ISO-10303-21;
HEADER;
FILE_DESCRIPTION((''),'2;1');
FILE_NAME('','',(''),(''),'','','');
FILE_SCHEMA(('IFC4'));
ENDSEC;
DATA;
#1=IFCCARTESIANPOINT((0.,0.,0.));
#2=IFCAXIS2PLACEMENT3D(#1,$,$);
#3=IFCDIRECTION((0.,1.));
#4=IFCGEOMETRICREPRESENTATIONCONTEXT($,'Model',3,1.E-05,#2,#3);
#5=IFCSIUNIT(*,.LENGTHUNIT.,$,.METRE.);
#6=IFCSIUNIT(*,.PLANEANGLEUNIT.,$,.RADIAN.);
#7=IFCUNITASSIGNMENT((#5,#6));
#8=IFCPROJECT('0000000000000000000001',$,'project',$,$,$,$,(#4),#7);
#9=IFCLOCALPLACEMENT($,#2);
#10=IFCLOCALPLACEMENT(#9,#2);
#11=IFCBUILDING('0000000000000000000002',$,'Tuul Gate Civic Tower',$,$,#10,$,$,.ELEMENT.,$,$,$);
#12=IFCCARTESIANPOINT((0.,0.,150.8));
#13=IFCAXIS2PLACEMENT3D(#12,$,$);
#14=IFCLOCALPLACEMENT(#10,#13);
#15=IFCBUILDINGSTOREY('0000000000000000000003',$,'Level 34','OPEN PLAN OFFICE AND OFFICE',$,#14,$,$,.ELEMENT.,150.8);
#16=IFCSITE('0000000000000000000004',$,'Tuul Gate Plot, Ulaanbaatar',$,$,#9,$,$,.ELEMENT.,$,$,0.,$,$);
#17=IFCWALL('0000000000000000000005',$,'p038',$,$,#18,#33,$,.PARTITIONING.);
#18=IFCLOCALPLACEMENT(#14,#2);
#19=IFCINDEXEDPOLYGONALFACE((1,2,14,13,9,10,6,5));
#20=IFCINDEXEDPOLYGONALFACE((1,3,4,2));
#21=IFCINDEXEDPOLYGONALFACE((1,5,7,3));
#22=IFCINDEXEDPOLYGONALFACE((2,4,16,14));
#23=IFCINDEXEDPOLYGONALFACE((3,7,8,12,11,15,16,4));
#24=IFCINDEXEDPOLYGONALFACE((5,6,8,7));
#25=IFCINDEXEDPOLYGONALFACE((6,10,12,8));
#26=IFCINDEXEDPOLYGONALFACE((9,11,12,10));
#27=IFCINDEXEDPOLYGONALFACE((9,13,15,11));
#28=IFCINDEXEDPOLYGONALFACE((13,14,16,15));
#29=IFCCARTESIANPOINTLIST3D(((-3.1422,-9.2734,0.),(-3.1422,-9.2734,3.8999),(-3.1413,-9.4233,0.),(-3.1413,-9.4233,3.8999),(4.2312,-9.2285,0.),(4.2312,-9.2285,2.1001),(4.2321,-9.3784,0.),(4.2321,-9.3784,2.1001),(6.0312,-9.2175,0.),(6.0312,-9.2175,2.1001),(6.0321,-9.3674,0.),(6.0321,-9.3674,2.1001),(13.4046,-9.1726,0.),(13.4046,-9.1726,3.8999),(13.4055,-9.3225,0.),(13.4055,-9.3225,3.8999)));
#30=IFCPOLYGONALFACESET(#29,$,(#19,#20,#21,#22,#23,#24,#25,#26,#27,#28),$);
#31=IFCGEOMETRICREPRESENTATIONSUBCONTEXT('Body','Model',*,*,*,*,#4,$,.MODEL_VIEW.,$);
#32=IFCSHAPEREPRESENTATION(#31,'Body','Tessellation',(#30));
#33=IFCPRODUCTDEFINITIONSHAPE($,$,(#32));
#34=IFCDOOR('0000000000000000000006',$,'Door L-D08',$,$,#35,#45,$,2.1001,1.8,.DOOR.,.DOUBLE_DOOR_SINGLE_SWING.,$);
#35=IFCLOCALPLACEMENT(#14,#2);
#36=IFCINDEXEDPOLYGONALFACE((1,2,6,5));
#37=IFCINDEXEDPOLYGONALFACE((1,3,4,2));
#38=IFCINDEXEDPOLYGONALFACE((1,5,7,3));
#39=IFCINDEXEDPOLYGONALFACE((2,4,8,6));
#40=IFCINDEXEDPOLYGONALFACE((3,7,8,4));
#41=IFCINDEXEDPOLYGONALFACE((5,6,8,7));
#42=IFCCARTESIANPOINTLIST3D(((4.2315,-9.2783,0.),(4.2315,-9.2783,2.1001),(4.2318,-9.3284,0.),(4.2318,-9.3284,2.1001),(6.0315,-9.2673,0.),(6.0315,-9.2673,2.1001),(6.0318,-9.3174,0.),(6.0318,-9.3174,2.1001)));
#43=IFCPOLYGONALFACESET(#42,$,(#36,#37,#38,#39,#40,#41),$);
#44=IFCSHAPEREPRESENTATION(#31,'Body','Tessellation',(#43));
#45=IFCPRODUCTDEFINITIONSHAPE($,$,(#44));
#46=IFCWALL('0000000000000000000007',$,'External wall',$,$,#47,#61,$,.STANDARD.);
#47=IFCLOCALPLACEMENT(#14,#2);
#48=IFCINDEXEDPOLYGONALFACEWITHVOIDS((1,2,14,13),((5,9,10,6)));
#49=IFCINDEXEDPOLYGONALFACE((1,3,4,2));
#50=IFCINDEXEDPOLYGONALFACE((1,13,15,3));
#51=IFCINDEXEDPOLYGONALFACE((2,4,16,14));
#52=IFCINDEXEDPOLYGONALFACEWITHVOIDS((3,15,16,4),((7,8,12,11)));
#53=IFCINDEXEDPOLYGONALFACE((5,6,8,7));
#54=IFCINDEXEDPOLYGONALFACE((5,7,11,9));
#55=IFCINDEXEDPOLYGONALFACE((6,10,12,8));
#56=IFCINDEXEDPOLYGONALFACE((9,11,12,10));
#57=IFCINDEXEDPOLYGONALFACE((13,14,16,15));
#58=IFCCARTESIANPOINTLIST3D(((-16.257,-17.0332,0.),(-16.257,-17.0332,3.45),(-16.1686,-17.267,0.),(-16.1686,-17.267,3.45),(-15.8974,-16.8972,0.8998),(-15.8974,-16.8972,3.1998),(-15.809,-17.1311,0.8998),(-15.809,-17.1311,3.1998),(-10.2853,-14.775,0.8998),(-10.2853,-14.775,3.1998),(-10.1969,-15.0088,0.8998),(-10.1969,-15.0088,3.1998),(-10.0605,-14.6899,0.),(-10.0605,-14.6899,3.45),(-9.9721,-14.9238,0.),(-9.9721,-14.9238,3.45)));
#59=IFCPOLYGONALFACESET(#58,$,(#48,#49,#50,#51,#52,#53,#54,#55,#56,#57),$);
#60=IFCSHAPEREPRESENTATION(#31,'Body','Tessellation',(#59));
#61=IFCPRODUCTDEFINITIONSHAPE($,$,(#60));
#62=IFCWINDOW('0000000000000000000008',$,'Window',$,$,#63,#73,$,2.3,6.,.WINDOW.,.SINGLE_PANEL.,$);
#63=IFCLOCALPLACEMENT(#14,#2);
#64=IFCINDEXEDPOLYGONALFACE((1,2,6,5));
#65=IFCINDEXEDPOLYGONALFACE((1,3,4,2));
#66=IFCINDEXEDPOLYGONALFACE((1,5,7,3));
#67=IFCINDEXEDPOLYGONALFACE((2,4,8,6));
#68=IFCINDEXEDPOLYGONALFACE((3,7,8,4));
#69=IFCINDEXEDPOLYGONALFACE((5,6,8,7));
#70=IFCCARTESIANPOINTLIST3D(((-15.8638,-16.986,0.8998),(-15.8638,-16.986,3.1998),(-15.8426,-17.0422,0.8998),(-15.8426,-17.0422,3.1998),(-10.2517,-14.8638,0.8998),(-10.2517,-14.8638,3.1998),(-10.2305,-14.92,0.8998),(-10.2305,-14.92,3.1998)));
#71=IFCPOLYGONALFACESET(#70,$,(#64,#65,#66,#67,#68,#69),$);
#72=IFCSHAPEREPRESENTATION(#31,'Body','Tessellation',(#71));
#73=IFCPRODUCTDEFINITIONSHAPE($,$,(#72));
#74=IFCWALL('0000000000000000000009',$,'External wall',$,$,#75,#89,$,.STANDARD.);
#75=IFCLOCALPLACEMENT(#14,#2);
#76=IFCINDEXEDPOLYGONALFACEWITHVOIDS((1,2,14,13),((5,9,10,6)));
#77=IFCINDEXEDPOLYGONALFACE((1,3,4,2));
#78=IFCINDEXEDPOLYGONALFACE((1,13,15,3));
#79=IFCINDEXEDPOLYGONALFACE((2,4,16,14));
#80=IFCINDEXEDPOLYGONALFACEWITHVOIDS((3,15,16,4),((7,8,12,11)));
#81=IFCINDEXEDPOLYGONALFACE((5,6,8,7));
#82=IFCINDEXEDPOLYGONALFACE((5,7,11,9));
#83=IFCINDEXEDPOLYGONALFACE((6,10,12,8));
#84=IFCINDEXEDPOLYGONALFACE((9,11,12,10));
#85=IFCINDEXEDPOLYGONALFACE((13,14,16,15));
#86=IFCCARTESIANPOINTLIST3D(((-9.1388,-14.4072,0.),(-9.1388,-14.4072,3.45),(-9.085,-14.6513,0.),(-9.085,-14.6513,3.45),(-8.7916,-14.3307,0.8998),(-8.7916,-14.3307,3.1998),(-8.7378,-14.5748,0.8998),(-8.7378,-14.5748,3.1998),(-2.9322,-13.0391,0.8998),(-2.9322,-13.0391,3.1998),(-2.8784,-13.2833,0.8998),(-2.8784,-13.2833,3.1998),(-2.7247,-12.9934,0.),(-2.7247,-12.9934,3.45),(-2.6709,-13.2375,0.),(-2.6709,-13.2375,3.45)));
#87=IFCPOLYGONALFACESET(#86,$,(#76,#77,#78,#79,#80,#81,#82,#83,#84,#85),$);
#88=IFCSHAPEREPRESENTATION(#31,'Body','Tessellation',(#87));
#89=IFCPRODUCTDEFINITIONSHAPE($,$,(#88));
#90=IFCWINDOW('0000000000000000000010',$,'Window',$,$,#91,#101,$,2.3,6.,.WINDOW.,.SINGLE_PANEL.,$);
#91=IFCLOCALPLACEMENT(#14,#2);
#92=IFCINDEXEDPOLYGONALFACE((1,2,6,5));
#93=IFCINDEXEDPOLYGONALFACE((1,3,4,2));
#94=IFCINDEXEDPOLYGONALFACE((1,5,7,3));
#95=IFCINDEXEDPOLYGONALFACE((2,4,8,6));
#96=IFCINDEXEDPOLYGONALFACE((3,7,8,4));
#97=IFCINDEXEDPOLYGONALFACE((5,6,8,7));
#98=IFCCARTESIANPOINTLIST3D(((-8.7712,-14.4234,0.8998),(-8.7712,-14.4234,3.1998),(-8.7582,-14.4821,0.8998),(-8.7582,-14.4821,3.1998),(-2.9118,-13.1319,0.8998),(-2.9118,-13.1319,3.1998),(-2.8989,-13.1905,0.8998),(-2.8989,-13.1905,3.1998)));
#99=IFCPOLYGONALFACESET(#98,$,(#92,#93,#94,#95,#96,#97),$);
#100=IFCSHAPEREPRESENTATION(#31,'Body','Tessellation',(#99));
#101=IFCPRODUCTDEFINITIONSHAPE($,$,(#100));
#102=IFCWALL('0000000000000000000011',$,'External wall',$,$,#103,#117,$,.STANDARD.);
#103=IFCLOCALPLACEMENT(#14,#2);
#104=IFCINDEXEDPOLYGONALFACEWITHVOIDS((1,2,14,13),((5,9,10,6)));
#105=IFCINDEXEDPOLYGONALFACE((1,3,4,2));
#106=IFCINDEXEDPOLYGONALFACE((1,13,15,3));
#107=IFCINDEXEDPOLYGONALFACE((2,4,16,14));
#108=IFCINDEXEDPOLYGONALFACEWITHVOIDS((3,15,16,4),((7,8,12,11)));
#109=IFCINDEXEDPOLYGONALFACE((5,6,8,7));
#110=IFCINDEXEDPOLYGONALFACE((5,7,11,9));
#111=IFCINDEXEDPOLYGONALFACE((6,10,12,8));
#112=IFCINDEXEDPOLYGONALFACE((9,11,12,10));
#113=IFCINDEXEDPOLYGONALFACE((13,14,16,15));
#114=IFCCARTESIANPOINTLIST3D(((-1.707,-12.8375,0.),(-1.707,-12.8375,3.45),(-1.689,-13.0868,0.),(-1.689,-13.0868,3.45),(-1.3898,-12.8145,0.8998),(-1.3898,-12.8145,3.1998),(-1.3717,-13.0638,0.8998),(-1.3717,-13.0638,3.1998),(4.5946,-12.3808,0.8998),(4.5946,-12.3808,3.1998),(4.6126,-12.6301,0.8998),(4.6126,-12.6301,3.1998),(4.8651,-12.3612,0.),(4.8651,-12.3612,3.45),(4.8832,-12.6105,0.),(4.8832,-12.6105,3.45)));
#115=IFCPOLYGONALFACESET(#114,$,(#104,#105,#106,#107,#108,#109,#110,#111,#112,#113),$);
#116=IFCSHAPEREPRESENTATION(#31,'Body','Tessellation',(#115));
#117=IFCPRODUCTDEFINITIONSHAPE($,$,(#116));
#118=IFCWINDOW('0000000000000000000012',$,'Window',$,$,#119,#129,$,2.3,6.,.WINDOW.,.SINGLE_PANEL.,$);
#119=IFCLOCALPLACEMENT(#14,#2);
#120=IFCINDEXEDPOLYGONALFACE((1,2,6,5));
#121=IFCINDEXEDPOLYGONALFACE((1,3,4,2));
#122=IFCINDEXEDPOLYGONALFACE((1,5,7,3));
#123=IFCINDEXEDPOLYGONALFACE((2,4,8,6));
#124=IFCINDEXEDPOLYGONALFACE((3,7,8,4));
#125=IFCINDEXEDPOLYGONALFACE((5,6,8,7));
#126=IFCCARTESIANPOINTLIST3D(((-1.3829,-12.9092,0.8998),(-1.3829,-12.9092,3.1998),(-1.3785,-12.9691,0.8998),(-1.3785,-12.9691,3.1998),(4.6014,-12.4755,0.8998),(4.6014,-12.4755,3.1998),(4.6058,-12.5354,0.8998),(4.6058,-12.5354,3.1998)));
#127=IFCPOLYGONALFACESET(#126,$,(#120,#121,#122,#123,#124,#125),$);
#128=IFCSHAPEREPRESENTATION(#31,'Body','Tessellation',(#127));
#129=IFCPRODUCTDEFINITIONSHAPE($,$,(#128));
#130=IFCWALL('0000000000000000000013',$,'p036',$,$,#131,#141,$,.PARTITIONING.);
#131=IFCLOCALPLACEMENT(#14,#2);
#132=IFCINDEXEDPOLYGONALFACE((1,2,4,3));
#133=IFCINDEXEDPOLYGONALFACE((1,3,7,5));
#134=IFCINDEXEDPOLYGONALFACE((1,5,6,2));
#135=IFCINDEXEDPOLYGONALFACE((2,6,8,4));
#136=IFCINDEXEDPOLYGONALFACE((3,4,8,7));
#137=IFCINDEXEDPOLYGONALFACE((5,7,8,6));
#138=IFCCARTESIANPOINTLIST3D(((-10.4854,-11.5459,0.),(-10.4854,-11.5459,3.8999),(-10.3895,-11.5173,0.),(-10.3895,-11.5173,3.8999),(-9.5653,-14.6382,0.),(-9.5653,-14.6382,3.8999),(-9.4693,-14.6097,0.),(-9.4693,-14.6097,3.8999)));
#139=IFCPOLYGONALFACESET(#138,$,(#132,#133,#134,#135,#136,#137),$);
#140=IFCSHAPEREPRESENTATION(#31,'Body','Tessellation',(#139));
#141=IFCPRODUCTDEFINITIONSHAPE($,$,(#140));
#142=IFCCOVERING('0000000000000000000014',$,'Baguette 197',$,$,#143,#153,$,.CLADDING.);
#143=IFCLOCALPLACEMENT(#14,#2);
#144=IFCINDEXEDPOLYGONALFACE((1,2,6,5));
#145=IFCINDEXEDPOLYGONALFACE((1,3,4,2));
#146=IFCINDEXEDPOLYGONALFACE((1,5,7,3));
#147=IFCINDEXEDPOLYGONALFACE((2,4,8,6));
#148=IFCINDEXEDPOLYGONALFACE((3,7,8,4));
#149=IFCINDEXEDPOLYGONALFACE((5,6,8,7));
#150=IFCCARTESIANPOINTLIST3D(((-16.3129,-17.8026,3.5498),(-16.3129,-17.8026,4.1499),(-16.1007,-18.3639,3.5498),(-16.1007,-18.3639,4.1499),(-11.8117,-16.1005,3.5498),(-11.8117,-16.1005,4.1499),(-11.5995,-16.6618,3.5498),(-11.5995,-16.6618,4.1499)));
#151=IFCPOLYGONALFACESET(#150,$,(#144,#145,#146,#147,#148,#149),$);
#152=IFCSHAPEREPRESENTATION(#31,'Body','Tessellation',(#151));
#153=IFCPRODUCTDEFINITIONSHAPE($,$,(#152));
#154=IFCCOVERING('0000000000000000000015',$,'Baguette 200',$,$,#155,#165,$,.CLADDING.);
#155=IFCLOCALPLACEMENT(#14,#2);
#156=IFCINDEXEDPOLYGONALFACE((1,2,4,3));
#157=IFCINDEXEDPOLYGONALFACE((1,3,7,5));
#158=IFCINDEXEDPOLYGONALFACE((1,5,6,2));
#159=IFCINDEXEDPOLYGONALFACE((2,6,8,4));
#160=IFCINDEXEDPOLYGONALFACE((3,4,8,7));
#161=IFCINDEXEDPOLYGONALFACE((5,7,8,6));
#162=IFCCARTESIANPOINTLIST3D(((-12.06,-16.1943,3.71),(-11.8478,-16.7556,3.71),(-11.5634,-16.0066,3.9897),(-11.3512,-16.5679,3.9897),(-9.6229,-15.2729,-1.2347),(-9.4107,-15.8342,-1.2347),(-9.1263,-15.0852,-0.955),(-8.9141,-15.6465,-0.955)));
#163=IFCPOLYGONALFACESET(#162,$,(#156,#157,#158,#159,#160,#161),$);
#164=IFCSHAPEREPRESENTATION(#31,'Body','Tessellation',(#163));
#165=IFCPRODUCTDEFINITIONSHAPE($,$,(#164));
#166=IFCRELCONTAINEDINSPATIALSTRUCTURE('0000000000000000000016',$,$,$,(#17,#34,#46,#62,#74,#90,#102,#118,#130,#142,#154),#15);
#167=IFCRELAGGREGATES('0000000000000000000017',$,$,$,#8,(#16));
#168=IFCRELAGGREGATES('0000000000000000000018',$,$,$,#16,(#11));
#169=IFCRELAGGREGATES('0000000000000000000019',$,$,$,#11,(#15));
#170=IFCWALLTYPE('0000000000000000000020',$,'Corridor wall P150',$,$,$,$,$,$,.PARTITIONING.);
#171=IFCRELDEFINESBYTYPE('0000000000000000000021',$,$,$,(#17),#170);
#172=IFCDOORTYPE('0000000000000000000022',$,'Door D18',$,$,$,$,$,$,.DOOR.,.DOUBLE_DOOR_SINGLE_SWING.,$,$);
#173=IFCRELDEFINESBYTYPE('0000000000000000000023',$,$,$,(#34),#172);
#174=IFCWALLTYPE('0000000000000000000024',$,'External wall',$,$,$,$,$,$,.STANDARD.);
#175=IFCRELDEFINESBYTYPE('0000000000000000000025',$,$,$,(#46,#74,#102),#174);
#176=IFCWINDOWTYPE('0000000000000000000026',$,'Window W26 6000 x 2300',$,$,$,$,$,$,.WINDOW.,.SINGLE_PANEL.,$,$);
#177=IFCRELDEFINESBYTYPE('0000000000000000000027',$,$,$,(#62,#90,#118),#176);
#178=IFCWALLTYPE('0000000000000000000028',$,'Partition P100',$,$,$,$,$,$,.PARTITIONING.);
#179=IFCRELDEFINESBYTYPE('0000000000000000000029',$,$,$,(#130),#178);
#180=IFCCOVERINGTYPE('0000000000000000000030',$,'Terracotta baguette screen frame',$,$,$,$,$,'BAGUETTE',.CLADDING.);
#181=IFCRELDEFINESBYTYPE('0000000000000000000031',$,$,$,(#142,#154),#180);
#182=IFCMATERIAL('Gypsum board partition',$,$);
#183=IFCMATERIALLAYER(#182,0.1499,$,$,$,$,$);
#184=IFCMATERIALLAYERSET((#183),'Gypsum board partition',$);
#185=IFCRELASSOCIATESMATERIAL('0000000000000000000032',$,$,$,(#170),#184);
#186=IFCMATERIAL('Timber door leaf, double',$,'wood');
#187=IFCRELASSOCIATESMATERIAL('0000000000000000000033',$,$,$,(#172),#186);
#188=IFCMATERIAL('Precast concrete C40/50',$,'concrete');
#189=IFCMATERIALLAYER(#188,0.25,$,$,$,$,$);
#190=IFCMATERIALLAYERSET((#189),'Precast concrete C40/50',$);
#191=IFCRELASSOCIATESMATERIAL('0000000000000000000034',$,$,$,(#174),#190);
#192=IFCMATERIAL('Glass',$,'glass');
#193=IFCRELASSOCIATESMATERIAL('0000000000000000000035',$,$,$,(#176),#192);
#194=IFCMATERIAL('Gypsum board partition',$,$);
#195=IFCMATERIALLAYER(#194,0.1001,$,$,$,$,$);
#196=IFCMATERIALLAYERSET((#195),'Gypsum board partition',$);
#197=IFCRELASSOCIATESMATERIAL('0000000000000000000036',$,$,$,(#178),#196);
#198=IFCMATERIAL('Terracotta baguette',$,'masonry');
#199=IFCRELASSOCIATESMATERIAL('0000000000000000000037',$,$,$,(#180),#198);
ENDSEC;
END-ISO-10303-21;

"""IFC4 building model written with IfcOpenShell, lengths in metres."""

from ifc_helpers import new_model, si_unit, direction, frame, frame_2d, origin, origin_2d, place, context, subcontext, project, spatial, rectangle, extrude, material, layer, layer_set, material_profile, profile_set, type_object, element, fill, save


model = new_model("IFC4")

# Units and contexts
model_context = context("Model", 3, precision=1e-05, world=origin(), true_north=direction((0.0, 1.0)))
body_context = subcontext(model_context, "Body", "Model", "MODEL_VIEW")
ifc_project = project(units=[si_unit("LENGTHUNIT", "METRE"), si_unit("PLANEANGLEUNIT", "RADIAN")], contexts=[model_context])

# Site, building, storey
site_placement = place(None, origin())
site = spatial("IfcSite", under=ifc_project, at=site_placement, Name="Tuul Gate Plot, Ulaanbaatar", CompositionType="ELEMENT", RefElevation=0.0)
building_placement = place(site_placement, origin())
building = spatial("IfcBuilding", under=site, at=building_placement, Name="Tuul Gate Civic Tower", CompositionType="ELEMENT")
storey_placement = place(building_placement, frame((0.0, 0.0, 150.8)))
storey = spatial("IfcBuildingStorey", under=building, at=storey_placement, Name="Level 34", Description="OPEN PLAN OFFICE AND OFFICE", CompositionType="ELEMENT", Elevation=150.8)

# Shared definitions
ifc_material_1 = material(Name="Gypsum board partition")
ifc_layer_1 = layer(ifc_material_1, 0.1499)
ifc_layer_set_1 = layer_set([ifc_layer_1], Name="Gypsum board partition")
wall_type_1 = type_object("IfcWallType", Name="Corridor wall P150", PredefinedType="PARTITIONING", material=ifc_layer_set_1)

# Wall, opening, door
wall_1_placement = place(storey_placement, frame((-3.1416, -9.3484, 0.0), z_axis=(0.0, 0.0, 1.0), x_axis=(0.999981, 0.006093, 0.0)))
wall_1 = element("IfcWall", 1, at=wall_1_placement, inside=storey, type_object=wall_type_1, Name="p038", PredefinedType="PARTITIONING", context=body_context, shape_type="SweptSolid", body=[
    extrude(rectangle(XDim=16.5471, YDim=0.1499, at=frame_2d((8.2734, 0.0))), origin(), (0.0, 0.0, 1.0), 3.8999),
])
opening_1_placement = place(wall_1_placement, frame((7.3735, 0.0, 0.0)))
opening_1 = element("IfcOpeningElement", 2, at=opening_1_placement, cuts=wall_1, PredefinedType="OPENING", context=body_context, shape_type="SweptSolid", body=[
    extrude(rectangle(XDim=1.8, YDim=2.1001, at=frame_2d((0.8999, 1.05))), frame((0.0, 0.085, 0.0), z_axis=(0.0, -1.0, 0.0), x_axis=(1.0, 0.0, 0.0)), (0.0, 0.0, 1.0), 0.1699),
])
ifc_material_2 = material(Name="Timber door leaf, double", Category="wood")
door_type = type_object("IfcDoorType", Name="Door D18", OperationType="DOUBLE_DOOR_SINGLE_SWING", PredefinedType="DOOR", material=ifc_material_2)
door_placement = place(opening_1_placement, frame((1.8, 0.0, 0.0), z_axis=(0.0, 0.0, 1.0), x_axis=(-1.0, 0.0, 0.0)))
door = element("IfcDoor", 3, at=door_placement, inside=storey, type_object=door_type, Name="Door L-D08", OperationType="DOUBLE_DOOR_SINGLE_SWING", OverallHeight=2.1001, OverallWidth=1.8, PredefinedType="DOOR", context=body_context, shape_type="SweptSolid", body=[
    extrude(rectangle(XDim=1.8, YDim=2.1001, at=frame_2d((0.9001, 1.05))), frame((0.0, 0.0249, 0.0), z_axis=(0.0, -1.0, 0.0), x_axis=(1.0, 0.0, 0.0)), (0.0, 0.0, 1.0), 0.05),
])
fill(opening_1, door)

# Walls, openings, windows
ifc_material_3 = material(Name="Precast concrete C40/50", Category="concrete")
ifc_layer_2 = layer(ifc_material_3, 0.25)
ifc_layer_set_2 = layer_set([ifc_layer_2], Name="Precast concrete C40/50")
wall_type_2 = type_object("IfcWallType", Name="External wall", PredefinedType="STANDARD", material=ifc_layer_set_2)
wall_2_placement = place(storey_placement, frame((-16.2129, -17.1501, 0.0), z_axis=(0.0, 0.0, 1.0), x_axis=(0.935355, 0.353711, 0.0)))
wall_2 = element("IfcWall", 4, at=wall_2_placement, inside=storey, type_object=wall_type_2, Name="External wall", PredefinedType="STANDARD", context=body_context, shape_type="SweptSolid", body=[
    extrude(rectangle(XDim=6.6248, YDim=0.25, at=frame_2d((3.3125, 0.0))), origin(), (0.0, 0.0, 1.0), 3.45),
])
opening_2_placement = place(wall_2_placement, frame((0.3845, 0.0, 0.8999)))
opening_2 = element("IfcOpeningElement", 5, at=opening_2_placement, cuts=wall_2, PredefinedType="OPENING", context=body_context, shape_type="SweptSolid", body=[
    extrude(rectangle(XDim=6.0, YDim=2.3, at=frame_2d((3.0, 1.1499))), frame((0.0, 0.135, 0.0), z_axis=(0.0, -1.0, 0.0), x_axis=(1.0, 0.0, 0.0)), (0.0, 0.0, 1.0), 0.27),
])
ifc_material_4 = material(Name="Glass", Category="glass")
window_type = type_object("IfcWindowType", Name="Window W26 6000 x 2300", PartitioningType="SINGLE_PANEL", PredefinedType="WINDOW", material=ifc_material_4)
window_1_placement = place(opening_2_placement, origin())
window_1 = element("IfcWindow", 6, at=window_1_placement, inside=storey, type_object=window_type, Name="Window", OverallHeight=2.3, OverallWidth=6.0, PartitioningType="SINGLE_PANEL", PredefinedType="WINDOW", context=body_context, shape_type="SweptSolid", body=[
    extrude(rectangle(XDim=6.0, YDim=2.3, at=frame_2d((3.0, 1.1499))), frame((0.0, 0.03, 0.0), z_axis=(0.0, -1.0, 0.0), x_axis=(1.0, 0.0, 0.0)), (0.0, 0.0, 1.0), 0.0601),
])
fill(opening_2, window_1)
wall_3_placement = place(storey_placement, frame((-9.1121, -14.5293, 0.0), z_axis=(0.0, 0.0, 1.0), x_axis=(0.976557, 0.215257, 0.0)))
wall_3 = element("IfcWall", 7, at=wall_3_placement, inside=storey, type_object=wall_type_2, Name="External wall", PredefinedType="STANDARD", context=body_context, shape_type="SweptSolid", body=[
    extrude(rectangle(XDim=6.5681, YDim=0.25, at=frame_2d((3.2842, 0.0))), origin(), (0.0, 0.0, 1.0), 3.45),
])
opening_3_placement = place(wall_3_placement, frame((0.3557, 0.0, 0.8999)))
opening_3 = element("IfcOpeningElement", 8, at=opening_3_placement, cuts=wall_3, PredefinedType="OPENING", context=body_context, shape_type="SweptSolid", body=[
    extrude(rectangle(XDim=6.0, YDim=2.3, at=frame_2d((3.0, 1.1499))), frame((0.0, 0.135, 0.0), z_axis=(0.0, -1.0, 0.0), x_axis=(1.0, 0.0, 0.0)), (0.0, 0.0, 1.0), 0.27),
])
window_2_placement = place(opening_3_placement, origin())
window_2 = element("IfcWindow", 9, at=window_2_placement, inside=storey, type_object=window_type, Name="Window", OverallHeight=2.3, OverallWidth=6.0, PartitioningType="SINGLE_PANEL", PredefinedType="WINDOW", context=body_context, shape_type="SweptSolid", body=[
    extrude(rectangle(XDim=6.0, YDim=2.3, at=frame_2d((3.0, 1.1499))), frame((0.0, 0.03, 0.0), z_axis=(0.0, -1.0, 0.0), x_axis=(1.0, 0.0, 0.0)), (0.0, 0.0, 1.0), 0.0601),
])
fill(opening_3, window_2)
wall_4_placement = place(storey_placement, frame((-1.698, -12.9622, 0.0), z_axis=(0.0, 0.0, 1.0), x_axis=(0.997384, 0.072287, 0.0)))
wall_4 = element("IfcWall", 10, at=wall_4_placement, inside=storey, type_object=wall_type_2, Name="External wall", PredefinedType="STANDARD", context=body_context, shape_type="SweptSolid", body=[
    extrude(rectangle(XDim=6.5894, YDim=0.25, at=frame_2d((3.2947, 0.0))), origin(), (0.0, 0.0, 1.0), 3.45),
])
opening_4_placement = place(wall_4_placement, frame((0.3181, 0.0, 0.8999)))
opening_4 = element("IfcOpeningElement", 11, at=opening_4_placement, cuts=wall_4, PredefinedType="OPENING", context=body_context, shape_type="SweptSolid", body=[
    extrude(rectangle(XDim=6.0, YDim=2.3, at=frame_2d((3.0, 1.1499))), frame((0.0, 0.135, 0.0), z_axis=(0.0, -1.0, 0.0), x_axis=(1.0, 0.0, 0.0)), (0.0, 0.0, 1.0), 0.27),
])
window_3_placement = place(opening_4_placement, origin())
window_3 = element("IfcWindow", 12, at=window_3_placement, inside=storey, type_object=window_type, Name="Window", OverallHeight=2.3, OverallWidth=6.0, PartitioningType="SINGLE_PANEL", PredefinedType="WINDOW", context=body_context, shape_type="SweptSolid", body=[
    extrude(rectangle(XDim=6.0, YDim=2.3, at=frame_2d((3.0, 1.1499))), frame((0.0, 0.03, 0.0), z_axis=(0.0, -1.0, 0.0), x_axis=(1.0, 0.0, 0.0)), (0.0, 0.0, 1.0), 0.0601),
])
fill(opening_4, window_3)

# Wall
ifc_material_5 = material(Name="Gypsum board partition")
ifc_layer_3 = layer(ifc_material_5, 0.1001)
ifc_layer_set_3 = layer_set([ifc_layer_3], Name="Gypsum board partition")
wall_type_3 = type_object("IfcWallType", Name="Partition P100", PredefinedType="PARTITIONING", material=ifc_layer_set_3)
wall_5_placement = place(storey_placement, frame((-10.4375, -11.5315, 0.0), z_axis=(0.0, 0.0, 1.0), x_axis=(0.285209, -0.958465, 0.0)))
element("IfcWall", 13, at=wall_5_placement, inside=storey, type_object=wall_type_3, Name="p036", PredefinedType="PARTITIONING", context=body_context, shape_type="SweptSolid", body=[
    extrude(rectangle(XDim=3.2263, YDim=0.1001, at=frame_2d((1.6133, 0.0))), origin(), (0.0, 0.0, 1.0), 3.8999),
])

# Coverings
ifc_material_6 = material(Name="Terracotta baguette", Category="masonry")
ifc_material_profile_1 = material_profile(ifc_material_6, rectangle(XDim=0.6001, YDim=0.6001, at=origin_2d()), Name="Terracotta baguette screen frame")
ifc_profile_set_1 = profile_set([ifc_material_profile_1], Name="Terracotta baguette")
covering_type = type_object("IfcCoveringType", Name="Terracotta baguette screen frame", ElementType="BAGUETTE", PredefinedType="CLADDING", material=ifc_profile_set_1)
covering_1_placement = place(storey_placement, frame((-16.2068, -18.0833, 3.8499), z_axis=(0.935356, 0.353707, 0.0), x_axis=(-0.353707, 0.935356, 0.0)))
element("IfcCovering", 14, at=covering_1_placement, inside=storey, type_object=covering_type, Name="Baguette 197", PredefinedType="CLADDING", context=body_context, shape_type="SweptSolid", body=[
    extrude(rectangle(XDim=0.6001, YDim=0.6001, at=origin_2d()), origin(), (0.0, 0.0, 1.0), 4.8123),
])
covering_2_placement = place(storey_placement, frame((-11.7056, -16.3811, 3.8499), z_axis=(0.436038, 0.164857, -0.8847), x_axis=(-0.353648, 0.935378, 0.0)))
element("IfcCovering", 15, at=covering_2_placement, inside=storey, type_object=covering_type, Name="Baguette 200", PredefinedType="CLADDING", context=body_context, shape_type="SweptSolid", body=[
    extrude(rectangle(XDim=0.6001, YDim=0.6001, at=origin_2d()), origin(), (0.0, 0.0, 1.0), 5.5891),
])

save(model, "model.ifc")
